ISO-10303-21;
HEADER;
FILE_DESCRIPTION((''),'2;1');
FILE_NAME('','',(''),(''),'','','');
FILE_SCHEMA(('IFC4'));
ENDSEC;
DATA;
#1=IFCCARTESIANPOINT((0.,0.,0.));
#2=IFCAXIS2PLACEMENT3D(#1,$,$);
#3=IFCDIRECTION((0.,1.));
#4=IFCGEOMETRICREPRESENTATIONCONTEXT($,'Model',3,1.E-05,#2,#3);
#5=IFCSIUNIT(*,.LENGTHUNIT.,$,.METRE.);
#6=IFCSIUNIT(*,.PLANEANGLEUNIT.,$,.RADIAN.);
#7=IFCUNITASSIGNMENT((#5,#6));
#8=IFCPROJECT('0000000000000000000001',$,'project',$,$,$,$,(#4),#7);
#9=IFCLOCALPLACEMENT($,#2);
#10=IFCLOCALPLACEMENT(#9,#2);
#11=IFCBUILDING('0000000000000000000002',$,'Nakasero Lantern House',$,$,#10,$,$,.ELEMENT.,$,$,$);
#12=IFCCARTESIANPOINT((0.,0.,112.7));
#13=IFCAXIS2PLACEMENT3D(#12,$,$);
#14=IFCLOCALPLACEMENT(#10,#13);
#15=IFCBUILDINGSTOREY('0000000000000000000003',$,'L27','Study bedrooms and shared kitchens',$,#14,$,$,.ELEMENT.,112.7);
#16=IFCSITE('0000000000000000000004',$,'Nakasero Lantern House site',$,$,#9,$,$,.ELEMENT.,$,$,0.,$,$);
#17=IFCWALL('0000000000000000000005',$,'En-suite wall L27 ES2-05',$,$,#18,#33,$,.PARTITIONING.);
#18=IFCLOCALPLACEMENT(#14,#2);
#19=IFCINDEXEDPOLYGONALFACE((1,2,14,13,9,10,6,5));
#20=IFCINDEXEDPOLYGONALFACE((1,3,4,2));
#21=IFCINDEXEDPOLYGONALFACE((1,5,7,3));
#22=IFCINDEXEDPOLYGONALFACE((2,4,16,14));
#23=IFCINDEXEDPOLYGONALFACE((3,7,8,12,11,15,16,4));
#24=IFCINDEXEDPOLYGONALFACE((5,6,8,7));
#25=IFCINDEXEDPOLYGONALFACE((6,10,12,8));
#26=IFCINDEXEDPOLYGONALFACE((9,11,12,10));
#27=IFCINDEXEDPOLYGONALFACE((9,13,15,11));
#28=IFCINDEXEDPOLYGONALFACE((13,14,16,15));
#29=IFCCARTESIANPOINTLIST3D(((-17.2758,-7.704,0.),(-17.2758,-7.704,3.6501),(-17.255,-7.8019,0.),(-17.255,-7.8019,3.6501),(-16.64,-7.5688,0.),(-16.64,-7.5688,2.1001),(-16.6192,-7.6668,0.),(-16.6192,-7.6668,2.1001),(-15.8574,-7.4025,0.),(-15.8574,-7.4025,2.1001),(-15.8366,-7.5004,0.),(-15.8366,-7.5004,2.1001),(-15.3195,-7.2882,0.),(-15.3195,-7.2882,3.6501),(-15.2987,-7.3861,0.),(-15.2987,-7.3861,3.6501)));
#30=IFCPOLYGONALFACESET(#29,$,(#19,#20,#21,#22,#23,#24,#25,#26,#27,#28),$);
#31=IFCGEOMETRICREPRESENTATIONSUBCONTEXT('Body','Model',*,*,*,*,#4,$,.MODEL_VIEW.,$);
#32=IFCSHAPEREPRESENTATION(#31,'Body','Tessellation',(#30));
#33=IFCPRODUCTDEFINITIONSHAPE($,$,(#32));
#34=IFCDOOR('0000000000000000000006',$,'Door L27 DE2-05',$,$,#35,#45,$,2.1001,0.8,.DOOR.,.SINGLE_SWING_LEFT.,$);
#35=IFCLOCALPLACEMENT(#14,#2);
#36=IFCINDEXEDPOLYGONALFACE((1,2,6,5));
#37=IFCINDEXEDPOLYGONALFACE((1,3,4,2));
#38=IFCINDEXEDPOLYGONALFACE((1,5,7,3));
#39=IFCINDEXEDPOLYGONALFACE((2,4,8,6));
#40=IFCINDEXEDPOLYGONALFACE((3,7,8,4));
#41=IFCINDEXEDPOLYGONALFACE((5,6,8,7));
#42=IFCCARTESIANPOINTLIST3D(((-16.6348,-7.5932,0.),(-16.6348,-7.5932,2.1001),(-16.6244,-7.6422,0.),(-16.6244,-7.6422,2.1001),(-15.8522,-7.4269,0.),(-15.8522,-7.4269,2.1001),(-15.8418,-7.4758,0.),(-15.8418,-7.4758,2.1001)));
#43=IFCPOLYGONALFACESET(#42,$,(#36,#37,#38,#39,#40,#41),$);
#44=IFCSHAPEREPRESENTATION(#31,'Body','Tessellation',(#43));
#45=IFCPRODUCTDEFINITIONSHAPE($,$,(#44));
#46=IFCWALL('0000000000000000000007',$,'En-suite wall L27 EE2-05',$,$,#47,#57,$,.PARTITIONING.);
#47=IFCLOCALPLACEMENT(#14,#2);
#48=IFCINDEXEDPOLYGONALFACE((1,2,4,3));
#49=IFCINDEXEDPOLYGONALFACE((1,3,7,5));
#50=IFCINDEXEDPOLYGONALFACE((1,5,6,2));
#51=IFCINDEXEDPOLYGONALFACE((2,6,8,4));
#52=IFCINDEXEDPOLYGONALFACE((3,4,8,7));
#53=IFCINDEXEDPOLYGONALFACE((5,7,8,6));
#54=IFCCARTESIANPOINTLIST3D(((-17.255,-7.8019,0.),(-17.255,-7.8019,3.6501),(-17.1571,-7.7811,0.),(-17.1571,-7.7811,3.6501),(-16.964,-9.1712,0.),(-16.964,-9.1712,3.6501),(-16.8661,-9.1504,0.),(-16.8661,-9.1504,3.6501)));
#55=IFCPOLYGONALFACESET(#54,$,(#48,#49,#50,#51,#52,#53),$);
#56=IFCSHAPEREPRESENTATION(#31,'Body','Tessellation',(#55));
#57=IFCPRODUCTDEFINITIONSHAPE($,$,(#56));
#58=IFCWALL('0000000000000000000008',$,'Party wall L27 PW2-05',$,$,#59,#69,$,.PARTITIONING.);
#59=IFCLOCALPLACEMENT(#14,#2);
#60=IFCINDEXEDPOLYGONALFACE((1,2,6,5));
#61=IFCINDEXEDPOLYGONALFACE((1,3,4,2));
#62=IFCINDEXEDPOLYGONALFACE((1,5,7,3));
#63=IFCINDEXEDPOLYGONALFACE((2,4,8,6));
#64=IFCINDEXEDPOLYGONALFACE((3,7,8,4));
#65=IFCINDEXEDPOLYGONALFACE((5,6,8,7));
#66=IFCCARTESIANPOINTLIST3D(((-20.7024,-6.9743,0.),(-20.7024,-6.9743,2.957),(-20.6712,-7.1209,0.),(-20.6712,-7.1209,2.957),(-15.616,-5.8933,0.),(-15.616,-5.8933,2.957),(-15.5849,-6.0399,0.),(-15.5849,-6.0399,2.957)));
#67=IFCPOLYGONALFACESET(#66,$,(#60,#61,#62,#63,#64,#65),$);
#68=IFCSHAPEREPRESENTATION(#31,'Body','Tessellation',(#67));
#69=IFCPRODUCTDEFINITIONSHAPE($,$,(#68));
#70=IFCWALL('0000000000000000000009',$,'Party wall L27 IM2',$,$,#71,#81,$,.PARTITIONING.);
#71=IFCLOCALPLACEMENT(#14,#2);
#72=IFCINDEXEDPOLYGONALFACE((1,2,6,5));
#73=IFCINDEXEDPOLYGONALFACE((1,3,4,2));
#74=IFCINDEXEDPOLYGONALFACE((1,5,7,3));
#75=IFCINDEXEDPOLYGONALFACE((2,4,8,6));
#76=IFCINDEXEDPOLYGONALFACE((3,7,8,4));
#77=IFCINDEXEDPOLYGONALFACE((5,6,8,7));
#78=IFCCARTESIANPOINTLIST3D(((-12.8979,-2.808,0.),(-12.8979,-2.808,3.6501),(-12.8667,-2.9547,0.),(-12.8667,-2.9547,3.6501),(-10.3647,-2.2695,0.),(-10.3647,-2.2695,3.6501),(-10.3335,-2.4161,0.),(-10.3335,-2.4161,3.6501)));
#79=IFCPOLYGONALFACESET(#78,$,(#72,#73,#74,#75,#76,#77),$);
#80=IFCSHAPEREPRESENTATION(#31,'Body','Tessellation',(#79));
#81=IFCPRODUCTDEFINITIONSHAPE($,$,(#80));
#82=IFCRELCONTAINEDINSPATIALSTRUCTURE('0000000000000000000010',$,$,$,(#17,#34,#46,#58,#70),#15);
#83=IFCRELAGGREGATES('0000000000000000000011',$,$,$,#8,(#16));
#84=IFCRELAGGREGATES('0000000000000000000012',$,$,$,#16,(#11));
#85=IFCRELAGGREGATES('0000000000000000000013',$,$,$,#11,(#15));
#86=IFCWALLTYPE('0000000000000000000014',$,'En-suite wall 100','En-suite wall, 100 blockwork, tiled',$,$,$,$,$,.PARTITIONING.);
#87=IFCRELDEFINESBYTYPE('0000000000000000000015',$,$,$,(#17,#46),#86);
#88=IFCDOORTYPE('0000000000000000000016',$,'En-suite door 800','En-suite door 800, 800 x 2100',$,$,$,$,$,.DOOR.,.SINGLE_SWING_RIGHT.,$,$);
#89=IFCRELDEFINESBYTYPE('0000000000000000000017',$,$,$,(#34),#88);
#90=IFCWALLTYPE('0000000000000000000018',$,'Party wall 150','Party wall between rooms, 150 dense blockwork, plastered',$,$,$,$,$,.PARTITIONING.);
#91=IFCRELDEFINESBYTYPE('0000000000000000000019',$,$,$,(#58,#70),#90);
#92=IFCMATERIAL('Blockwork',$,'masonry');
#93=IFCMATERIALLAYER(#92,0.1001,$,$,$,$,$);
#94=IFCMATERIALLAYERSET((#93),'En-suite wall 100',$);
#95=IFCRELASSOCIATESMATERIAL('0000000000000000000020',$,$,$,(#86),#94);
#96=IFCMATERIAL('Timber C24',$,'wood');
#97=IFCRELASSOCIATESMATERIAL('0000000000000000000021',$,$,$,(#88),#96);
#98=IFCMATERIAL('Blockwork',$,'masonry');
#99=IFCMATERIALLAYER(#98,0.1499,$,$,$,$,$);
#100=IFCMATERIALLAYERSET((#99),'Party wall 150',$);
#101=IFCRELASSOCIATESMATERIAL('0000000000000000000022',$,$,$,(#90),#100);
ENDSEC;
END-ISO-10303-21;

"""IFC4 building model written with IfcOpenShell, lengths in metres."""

from ifc_helpers import new_model, si_unit, direction, frame, frame_2d, origin, place, context, subcontext, project, spatial, rectangle, extrude, material, layer, layer_set, type_object, element, fill, save


model = new_model("IFC4")

# Units and contexts
model_context = context("Model", 3, precision=1e-05, world=origin(), true_north=direction((0.0, 1.0)))
body_context = subcontext(model_context, "Body", "Model", "MODEL_VIEW")
ifc_project = project(units=[si_unit("LENGTHUNIT", "METRE"), si_unit("PLANEANGLEUNIT", "RADIAN")], contexts=[model_context])

# Site, building, storey
site_placement = place(None, origin())
site = spatial("IfcSite", under=ifc_project, at=site_placement, Name="Nakasero Lantern House site", CompositionType="ELEMENT", RefElevation=0.0)
building_placement = place(site_placement, origin())
building = spatial("IfcBuilding", under=site, at=building_placement, Name="Nakasero Lantern House", CompositionType="ELEMENT")
storey_placement = place(building_placement, frame((0.0, 0.0, 112.7)))
storey = spatial("IfcBuildingStorey", under=building, at=storey_placement, Name="L27", Description="Study bedrooms and shared kitchens", CompositionType="ELEMENT", Elevation=112.7)

# Shared definitions
ifc_material_1 = material(Name="Blockwork", Category="masonry")
ifc_layer_1 = layer(ifc_material_1, 0.1001)
ifc_layer_set_1 = layer_set([ifc_layer_1], Name="En-suite wall 100")
wall_type_1 = type_object("IfcWallType", Name="En-suite wall 100", Description="En-suite wall, 100 blockwork, tiled", PredefinedType="PARTITIONING", material=ifc_layer_set_1)

# Wall, opening, door
wall_1_placement = place(storey_placement, frame((-15.3091, -7.3372, 0.0), z_axis=(0.0, 0.0, 1.0), x_axis=(-0.978153, -0.207886, 0.0)))
wall_1 = element("IfcWall", 1, at=wall_1_placement, inside=storey, type_object=wall_type_1, Name="En-suite wall L27 ES2-05", PredefinedType="PARTITIONING", context=body_context, shape_type="SweptSolid", body=[
    extrude(rectangle(XDim=2.0, YDim=0.1001, at=frame_2d((1.0, 0.0))), origin(), (0.0, 0.0, 1.0), 3.6501),
])
opening_placement = place(wall_1_placement, frame((0.55, 0.0, 0.0)))
opening = element("IfcOpeningElement", 2, at=opening_placement, cuts=wall_1, PredefinedType="OPENING", context=body_context, shape_type="SweptSolid", body=[
    extrude(rectangle(XDim=0.8, YDim=2.1001, at=frame_2d((0.3999, 1.05))), frame((0.0, 0.0701, 0.0), z_axis=(0.0, -1.0, 0.0), x_axis=(1.0, 0.0, 0.0)), (0.0, 0.0, 1.0), 0.1401),
])
ifc_material_2 = material(Name="Timber C24", Category="wood")
door_type = type_object("IfcDoorType", Name="En-suite door 800", Description="En-suite door 800, 800 x 2100", OperationType="SINGLE_SWING_RIGHT", PredefinedType="DOOR", material=ifc_material_2)
door_placement = place(opening_placement, origin())
door = element("IfcDoor", 3, at=door_placement, inside=storey, type_object=door_type, Name="Door L27 DE2-05", OperationType="SINGLE_SWING_LEFT", OverallHeight=2.1001, OverallWidth=0.8, PredefinedType="DOOR", context=body_context, shape_type="SweptSolid", body=[
    extrude(rectangle(XDim=0.8, YDim=2.1001, at=frame_2d((0.3999, 1.05))), frame((0.0, 0.0249, 0.0), z_axis=(0.0, -1.0, 0.0), x_axis=(1.0, 0.0, 0.0)), (0.0, 0.0, 1.0), 0.05),
])
fill(opening, door)

# Walls
wall_2_placement = place(storey_placement, frame((-17.2061, -7.7915, 0.0), z_axis=(0.0, 0.0, 1.0), x_axis=(0.207873, -0.978156, 0.0)))
element("IfcWall", 4, at=wall_2_placement, inside=storey, type_object=wall_type_1, Name="En-suite wall L27 EE2-05", PredefinedType="PARTITIONING", context=body_context, shape_type="SweptSolid", body=[
    extrude(rectangle(XDim=1.3999, YDim=0.1001, at=frame_2d((0.7, 0.0))), origin(), (0.0, 0.0, 1.0), 3.6501),
])
ifc_material_3 = material(Name="Blockwork", Category="masonry")
ifc_layer_2 = layer(ifc_material_3, 0.1499)
ifc_layer_set_2 = layer_set([ifc_layer_2], Name="Party wall 150")
wall_type_2 = type_object("IfcWallType", Name="Party wall 150", Description="Party wall between rooms, 150 dense blockwork, plastered", PredefinedType="PARTITIONING", material=ifc_layer_set_2)
wall_3_placement = place(storey_placement, frame((-15.6003, -5.9666, 0.0), z_axis=(0.0, 0.0, 1.0), x_axis=(-0.978151, -0.207894, 0.0)))
element("IfcWall", 5, at=wall_3_placement, inside=storey, type_object=wall_type_2, Name="Party wall L27 PW2-05", PredefinedType="PARTITIONING", context=body_context, shape_type="SweptSolid", body=[
    extrude(rectangle(XDim=5.2, YDim=0.1499, at=frame_2d((2.6001, 0.0))), origin(), (0.0, 0.0, 1.0), 2.957),
])
wall_4_placement = place(storey_placement, frame((-12.8823, -2.8813, 0.0), z_axis=(0.0, 0.0, 1.0), x_axis=(0.978138, 0.207958, 0.0)))
element("IfcWall", 6, at=wall_4_placement, inside=storey, type_object=wall_type_2, Name="Party wall L27 IM2", PredefinedType="PARTITIONING", context=body_context, shape_type="SweptSolid", body=[
    extrude(rectangle(XDim=2.5898, YDim=0.1499, at=frame_2d((1.2949, 0.0))), origin(), (0.0, 0.0, 1.0), 3.6501),
])

save(model, "model.ifc")
